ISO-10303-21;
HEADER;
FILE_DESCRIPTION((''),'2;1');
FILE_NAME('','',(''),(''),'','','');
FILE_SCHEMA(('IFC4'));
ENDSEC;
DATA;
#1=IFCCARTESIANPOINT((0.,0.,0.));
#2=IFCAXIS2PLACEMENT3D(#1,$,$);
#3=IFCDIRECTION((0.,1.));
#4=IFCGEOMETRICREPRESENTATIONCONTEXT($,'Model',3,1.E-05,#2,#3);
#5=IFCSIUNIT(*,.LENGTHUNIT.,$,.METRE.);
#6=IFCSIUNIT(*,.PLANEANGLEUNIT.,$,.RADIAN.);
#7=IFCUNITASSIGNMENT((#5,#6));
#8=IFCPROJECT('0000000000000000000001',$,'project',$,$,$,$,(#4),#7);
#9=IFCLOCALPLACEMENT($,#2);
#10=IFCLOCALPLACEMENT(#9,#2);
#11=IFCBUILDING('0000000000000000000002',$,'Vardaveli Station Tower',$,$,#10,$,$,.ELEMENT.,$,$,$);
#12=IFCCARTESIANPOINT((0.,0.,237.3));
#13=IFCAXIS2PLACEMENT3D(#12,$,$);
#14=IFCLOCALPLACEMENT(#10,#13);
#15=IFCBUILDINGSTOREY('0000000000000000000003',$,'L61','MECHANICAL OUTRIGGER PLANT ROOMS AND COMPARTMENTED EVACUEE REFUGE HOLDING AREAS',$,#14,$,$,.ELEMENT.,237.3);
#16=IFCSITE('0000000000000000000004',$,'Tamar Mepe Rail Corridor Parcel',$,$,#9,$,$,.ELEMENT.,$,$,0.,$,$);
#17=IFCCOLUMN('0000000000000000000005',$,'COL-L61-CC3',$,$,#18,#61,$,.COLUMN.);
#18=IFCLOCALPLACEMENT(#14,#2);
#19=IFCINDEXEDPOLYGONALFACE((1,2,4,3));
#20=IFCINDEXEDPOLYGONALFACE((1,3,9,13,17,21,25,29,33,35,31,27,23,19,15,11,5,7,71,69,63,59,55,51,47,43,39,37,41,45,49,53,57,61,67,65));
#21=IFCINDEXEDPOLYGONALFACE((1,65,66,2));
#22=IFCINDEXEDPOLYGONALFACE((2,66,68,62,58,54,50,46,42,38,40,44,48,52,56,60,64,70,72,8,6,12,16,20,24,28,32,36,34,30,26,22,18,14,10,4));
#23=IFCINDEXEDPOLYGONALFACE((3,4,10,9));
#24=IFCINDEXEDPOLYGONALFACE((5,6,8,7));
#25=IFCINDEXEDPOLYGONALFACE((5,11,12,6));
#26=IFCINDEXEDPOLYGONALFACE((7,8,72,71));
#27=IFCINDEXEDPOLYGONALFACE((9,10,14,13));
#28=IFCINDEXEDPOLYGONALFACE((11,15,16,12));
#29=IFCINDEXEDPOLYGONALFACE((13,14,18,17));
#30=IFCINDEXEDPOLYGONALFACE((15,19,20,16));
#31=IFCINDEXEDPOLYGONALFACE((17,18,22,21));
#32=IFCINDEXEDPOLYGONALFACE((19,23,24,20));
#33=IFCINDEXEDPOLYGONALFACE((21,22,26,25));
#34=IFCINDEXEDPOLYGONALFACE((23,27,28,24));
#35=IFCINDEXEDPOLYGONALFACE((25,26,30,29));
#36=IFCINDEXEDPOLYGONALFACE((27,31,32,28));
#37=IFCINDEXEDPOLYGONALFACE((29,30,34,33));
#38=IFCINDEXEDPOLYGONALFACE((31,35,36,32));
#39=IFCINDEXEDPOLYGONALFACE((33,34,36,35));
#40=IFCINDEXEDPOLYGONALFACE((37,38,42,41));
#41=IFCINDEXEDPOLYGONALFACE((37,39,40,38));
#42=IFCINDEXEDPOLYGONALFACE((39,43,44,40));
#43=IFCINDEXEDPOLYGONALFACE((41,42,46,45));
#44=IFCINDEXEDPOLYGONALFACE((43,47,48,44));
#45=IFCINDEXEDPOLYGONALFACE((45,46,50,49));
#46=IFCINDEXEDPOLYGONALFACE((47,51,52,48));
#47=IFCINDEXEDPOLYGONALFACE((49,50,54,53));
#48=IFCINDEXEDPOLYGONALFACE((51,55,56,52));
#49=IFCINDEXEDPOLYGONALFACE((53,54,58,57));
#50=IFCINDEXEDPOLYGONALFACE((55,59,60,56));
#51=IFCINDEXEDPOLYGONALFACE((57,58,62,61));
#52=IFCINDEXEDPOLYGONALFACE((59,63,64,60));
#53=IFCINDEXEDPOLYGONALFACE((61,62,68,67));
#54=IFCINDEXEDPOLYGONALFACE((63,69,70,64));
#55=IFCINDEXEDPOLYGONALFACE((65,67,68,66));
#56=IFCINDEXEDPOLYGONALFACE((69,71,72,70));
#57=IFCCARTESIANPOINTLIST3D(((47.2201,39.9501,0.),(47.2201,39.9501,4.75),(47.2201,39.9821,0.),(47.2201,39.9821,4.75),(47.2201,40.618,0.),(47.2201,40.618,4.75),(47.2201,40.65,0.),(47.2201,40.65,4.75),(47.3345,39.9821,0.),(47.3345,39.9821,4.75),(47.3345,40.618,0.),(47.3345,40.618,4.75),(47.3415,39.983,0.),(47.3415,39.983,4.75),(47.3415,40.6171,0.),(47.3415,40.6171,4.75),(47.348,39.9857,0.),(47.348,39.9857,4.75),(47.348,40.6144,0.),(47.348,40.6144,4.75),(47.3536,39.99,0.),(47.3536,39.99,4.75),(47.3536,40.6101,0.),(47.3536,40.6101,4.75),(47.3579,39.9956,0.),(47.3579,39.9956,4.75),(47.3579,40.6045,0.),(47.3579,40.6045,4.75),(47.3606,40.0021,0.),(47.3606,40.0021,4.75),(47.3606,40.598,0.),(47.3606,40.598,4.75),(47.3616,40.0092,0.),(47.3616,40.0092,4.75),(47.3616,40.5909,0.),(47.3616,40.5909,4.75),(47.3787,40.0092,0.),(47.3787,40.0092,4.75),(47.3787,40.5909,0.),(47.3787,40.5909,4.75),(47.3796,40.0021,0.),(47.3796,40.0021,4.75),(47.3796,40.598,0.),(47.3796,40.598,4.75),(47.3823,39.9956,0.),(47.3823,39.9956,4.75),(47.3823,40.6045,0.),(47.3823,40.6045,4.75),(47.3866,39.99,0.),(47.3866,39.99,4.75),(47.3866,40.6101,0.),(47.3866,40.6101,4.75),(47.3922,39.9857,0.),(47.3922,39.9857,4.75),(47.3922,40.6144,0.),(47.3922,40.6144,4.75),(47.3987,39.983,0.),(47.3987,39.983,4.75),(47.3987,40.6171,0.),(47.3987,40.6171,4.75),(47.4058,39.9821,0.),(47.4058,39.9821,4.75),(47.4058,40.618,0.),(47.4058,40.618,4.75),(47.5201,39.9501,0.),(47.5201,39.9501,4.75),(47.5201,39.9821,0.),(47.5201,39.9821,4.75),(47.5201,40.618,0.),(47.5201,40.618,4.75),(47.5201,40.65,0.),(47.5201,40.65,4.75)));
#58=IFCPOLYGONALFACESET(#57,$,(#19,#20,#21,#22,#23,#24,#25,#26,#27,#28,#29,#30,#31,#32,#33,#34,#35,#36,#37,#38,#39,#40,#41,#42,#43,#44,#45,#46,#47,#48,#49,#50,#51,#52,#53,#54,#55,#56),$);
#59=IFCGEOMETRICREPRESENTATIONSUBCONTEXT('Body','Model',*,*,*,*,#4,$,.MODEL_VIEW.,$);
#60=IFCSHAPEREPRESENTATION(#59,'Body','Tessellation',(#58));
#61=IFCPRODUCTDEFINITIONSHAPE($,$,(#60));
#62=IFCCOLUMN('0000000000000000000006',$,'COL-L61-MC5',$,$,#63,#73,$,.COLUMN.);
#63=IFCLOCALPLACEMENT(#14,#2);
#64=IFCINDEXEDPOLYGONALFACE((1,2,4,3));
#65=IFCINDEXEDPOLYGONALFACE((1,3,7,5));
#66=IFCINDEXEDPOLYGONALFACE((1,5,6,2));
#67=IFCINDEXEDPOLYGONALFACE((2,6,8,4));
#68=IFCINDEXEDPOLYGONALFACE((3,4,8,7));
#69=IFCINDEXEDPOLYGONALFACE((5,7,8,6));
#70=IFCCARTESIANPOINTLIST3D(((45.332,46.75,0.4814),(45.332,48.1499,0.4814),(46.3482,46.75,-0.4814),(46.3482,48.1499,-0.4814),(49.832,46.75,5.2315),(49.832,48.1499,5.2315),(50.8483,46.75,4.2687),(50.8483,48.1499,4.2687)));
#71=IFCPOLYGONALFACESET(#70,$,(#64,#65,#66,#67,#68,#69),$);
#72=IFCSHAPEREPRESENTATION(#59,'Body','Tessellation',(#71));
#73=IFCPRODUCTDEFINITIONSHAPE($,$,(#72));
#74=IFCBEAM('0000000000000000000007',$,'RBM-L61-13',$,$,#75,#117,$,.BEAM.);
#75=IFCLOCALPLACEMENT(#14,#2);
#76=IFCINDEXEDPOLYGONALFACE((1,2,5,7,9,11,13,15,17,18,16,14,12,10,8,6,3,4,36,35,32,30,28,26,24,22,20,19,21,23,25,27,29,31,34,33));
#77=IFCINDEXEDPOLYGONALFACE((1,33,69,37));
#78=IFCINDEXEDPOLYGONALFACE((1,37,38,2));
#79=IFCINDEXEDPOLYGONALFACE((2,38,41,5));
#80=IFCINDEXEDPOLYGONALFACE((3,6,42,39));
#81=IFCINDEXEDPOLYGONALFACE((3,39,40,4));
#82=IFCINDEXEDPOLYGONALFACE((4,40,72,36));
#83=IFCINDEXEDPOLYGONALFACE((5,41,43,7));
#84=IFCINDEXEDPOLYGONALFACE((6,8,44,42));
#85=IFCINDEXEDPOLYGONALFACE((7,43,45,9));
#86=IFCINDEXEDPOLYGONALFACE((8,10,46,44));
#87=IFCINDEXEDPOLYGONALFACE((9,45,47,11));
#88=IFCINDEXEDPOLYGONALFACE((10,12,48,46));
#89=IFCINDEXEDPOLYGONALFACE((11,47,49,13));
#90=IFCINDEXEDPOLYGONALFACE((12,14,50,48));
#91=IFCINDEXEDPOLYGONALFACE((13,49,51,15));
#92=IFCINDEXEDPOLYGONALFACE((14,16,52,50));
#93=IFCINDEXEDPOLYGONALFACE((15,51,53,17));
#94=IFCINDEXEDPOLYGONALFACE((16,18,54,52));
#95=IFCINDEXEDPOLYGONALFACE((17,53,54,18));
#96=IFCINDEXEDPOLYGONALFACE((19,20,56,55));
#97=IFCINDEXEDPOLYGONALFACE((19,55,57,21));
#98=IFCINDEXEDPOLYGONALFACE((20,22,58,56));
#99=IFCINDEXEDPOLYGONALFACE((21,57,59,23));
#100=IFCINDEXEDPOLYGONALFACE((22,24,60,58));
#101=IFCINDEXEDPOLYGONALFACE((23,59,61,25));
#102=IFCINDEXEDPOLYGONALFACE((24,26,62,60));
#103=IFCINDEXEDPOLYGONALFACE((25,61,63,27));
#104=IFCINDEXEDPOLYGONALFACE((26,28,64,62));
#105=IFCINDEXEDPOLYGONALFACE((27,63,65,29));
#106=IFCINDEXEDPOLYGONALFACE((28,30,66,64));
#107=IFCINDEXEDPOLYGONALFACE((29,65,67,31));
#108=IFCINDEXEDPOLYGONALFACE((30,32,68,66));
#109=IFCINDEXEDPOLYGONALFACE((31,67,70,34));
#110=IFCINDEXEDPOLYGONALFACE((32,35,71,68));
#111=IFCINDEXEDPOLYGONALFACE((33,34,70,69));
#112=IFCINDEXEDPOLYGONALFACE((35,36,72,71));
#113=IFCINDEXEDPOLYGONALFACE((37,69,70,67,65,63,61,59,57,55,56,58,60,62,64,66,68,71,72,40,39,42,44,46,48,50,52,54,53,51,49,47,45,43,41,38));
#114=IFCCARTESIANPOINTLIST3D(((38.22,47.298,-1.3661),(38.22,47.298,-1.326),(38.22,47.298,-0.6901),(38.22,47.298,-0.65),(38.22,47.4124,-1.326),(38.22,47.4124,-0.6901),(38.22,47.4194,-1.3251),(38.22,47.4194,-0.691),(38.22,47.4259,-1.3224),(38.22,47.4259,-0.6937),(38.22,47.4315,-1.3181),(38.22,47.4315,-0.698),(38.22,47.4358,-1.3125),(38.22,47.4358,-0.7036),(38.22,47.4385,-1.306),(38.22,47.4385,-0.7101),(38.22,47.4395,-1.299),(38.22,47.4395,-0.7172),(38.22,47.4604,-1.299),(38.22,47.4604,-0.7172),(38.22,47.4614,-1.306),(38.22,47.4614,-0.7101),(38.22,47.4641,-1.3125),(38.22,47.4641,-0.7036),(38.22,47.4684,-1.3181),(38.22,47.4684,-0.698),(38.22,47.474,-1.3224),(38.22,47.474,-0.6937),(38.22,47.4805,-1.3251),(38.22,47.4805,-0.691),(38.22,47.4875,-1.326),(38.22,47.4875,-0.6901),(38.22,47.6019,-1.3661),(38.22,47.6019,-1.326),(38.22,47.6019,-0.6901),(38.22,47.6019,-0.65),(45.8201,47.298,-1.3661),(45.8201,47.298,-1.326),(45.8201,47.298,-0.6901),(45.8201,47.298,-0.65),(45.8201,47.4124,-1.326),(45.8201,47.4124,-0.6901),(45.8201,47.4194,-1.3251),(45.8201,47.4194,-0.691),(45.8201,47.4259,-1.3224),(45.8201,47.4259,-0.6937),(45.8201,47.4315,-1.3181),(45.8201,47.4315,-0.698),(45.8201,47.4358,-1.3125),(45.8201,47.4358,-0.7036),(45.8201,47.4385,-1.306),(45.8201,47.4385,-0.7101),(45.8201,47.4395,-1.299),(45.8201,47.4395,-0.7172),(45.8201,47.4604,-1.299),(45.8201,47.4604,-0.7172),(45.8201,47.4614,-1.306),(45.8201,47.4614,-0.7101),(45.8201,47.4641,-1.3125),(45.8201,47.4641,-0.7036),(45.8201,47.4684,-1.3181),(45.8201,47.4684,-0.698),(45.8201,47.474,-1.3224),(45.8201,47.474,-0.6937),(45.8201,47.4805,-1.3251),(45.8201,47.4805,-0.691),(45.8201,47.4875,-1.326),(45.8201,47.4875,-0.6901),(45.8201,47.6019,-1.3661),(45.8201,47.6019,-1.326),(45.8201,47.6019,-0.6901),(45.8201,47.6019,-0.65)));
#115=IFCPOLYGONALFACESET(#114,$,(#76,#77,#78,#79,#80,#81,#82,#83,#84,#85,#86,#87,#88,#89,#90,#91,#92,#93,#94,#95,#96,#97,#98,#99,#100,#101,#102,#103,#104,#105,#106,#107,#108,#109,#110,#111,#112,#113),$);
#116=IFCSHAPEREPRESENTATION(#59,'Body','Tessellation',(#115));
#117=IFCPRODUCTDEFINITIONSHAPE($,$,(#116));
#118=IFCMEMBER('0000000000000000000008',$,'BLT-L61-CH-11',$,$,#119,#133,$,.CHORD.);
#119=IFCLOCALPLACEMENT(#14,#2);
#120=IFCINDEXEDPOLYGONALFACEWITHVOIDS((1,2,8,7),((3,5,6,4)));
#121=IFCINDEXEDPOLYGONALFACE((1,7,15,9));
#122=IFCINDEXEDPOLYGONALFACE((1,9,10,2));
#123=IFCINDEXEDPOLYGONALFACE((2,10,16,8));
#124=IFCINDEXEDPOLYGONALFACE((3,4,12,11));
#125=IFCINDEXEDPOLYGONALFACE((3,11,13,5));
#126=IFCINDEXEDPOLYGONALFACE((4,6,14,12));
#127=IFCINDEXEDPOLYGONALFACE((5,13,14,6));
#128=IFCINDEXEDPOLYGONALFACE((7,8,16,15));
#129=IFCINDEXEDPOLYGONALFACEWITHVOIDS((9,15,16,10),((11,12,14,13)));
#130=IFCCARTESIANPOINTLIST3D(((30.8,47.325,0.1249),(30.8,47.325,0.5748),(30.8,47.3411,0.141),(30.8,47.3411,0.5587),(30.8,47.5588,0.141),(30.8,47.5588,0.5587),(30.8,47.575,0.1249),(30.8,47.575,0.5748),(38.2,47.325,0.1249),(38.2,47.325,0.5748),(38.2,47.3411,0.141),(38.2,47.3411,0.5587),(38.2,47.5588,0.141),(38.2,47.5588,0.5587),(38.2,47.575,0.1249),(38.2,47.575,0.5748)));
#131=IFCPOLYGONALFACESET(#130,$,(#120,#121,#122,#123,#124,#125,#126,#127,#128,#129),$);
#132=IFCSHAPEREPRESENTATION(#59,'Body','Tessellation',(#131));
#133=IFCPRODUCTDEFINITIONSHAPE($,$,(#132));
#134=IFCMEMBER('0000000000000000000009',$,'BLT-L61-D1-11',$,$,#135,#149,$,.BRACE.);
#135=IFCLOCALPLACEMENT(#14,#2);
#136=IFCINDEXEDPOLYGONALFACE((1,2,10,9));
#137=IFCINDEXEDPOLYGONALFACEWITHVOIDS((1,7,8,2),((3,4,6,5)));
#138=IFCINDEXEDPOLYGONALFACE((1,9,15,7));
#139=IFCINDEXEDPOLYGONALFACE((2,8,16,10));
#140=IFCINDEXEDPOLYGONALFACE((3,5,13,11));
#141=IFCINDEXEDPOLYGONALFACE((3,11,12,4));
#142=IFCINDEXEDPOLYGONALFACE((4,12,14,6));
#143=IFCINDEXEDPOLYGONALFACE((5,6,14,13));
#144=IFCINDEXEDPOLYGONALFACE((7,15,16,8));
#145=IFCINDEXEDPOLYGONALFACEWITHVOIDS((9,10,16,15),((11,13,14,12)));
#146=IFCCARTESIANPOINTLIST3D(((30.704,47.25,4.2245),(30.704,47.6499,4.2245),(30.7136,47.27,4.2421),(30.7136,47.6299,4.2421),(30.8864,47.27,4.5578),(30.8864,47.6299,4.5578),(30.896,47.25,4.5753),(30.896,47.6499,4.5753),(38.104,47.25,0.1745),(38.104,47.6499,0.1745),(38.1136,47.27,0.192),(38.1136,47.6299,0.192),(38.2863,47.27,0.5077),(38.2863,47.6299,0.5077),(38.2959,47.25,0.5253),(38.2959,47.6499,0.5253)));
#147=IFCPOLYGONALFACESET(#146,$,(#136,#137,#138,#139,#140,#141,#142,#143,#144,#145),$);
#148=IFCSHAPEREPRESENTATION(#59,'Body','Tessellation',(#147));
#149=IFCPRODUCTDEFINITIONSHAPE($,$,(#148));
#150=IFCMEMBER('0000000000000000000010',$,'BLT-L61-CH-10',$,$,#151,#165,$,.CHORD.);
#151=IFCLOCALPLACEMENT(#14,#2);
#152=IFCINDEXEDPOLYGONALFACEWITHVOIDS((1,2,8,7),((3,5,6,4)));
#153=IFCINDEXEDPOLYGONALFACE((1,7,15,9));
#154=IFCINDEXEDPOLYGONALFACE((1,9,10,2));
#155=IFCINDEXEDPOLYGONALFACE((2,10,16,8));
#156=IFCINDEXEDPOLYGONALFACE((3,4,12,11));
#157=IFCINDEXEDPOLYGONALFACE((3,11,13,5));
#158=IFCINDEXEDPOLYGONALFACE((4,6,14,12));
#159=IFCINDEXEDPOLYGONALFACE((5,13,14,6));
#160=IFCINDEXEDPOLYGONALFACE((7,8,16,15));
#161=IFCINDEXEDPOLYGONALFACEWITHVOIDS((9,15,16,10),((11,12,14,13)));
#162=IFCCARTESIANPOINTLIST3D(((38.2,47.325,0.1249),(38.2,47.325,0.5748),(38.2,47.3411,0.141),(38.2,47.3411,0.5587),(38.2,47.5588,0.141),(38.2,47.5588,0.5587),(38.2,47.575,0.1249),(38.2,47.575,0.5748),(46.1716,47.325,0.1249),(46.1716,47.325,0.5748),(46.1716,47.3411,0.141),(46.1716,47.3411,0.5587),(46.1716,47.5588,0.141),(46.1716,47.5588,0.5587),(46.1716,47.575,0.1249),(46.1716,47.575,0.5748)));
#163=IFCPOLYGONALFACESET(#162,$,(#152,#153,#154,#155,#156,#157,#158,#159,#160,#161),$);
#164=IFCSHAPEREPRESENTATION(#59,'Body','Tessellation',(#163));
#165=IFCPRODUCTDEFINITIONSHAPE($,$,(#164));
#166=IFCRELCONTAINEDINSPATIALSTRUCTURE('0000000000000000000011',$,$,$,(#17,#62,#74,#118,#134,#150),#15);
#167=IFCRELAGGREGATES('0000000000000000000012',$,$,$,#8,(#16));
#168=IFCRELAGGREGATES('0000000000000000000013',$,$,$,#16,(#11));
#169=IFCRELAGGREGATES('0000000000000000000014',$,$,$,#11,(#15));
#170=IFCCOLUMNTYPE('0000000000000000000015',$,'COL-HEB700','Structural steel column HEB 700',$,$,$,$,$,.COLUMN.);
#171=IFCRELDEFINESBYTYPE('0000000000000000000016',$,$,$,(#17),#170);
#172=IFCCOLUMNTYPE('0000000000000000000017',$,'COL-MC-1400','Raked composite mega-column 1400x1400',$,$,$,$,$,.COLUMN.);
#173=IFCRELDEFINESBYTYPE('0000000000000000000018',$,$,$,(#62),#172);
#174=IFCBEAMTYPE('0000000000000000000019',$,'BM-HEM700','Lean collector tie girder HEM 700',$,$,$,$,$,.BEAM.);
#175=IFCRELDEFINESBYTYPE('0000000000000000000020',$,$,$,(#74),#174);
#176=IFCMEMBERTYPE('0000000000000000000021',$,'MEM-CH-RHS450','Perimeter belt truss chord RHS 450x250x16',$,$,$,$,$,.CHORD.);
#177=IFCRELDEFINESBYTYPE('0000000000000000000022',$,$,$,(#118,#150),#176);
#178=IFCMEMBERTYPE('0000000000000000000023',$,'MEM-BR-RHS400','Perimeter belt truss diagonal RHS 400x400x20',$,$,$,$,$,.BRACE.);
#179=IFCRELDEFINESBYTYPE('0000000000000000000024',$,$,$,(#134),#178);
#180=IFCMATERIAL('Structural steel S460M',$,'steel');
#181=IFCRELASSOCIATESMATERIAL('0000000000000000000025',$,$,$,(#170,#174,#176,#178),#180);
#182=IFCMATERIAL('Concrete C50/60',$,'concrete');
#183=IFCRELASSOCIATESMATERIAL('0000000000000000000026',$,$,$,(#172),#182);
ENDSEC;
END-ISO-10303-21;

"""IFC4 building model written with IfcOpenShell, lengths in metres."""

from ifc_helpers import new_model, si_unit, direction, frame, origin, origin_2d, place, context, subcontext, project, spatial, rectangle, hollow_rectangle, i_section, extrude, source, transform, mapped, material, material_profile, profile_set, type_object, element, save


model = new_model("IFC4")

# Units and contexts
model_context = context("Model", 3, precision=1e-05, world=origin(), true_north=direction((0.0, 1.0)))
body_context = subcontext(model_context, "Body", "Model", "MODEL_VIEW")
ifc_project = project(units=[si_unit("LENGTHUNIT", "METRE"), si_unit("PLANEANGLEUNIT", "RADIAN")], contexts=[model_context])

# Site, building, storey
site_placement = place(None, origin())
site = spatial("IfcSite", under=ifc_project, at=site_placement, Name="Tamar Mepe Rail Corridor Parcel", CompositionType="ELEMENT", RefElevation=0.0)
building_placement = place(site_placement, origin())
building = spatial("IfcBuilding", under=site, at=building_placement, Name="Vardaveli Station Tower", CompositionType="ELEMENT")
storey_placement = place(building_placement, frame((0.0, 0.0, 237.3)))
storey = spatial("IfcBuildingStorey", under=building, at=storey_placement, Name="L61", Description="MECHANICAL OUTRIGGER PLANT ROOMS AND COMPARTMENTED EVACUEE REFUGE HOLDING AREAS", CompositionType="ELEMENT", Elevation=237.3)

# Columns
ifc_material_1 = material(Name="Structural steel S460M", Category="steel")
ifc_material_profile_1 = material_profile(ifc_material_1, i_section(OverallWidth=0.3, OverallDepth=0.7, WebThickness=0.0171, FlangeThickness=0.032, FilletRadius=0.0271, at=origin_2d()), Name="HEB 700")
ifc_profile_set_1 = profile_set([ifc_material_profile_1], Name="Structural steel S460M")
column_type_1 = type_object("IfcColumnType", Name="COL-HEB700", Description="Structural steel column HEB 700", PredefinedType="COLUMN", material=ifc_profile_set_1)
shared_shape_1 = source(origin(), body_context, "Body", "SweptSolid", [
    extrude(i_section(OverallWidth=0.3, OverallDepth=0.7, WebThickness=0.0171, FlangeThickness=0.032, FilletRadius=0.0271, at=origin_2d()), origin(), (0.0, 0.0, 1.0), 4.75),
])
column_1_placement = place(storey_placement, frame((47.3701, 40.3, 0.0), z_axis=(0.0, 0.0, 1.0), x_axis=(1.0, 0.0, 0.0)))
element("IfcColumn", 1, at=column_1_placement, inside=storey, type_object=column_type_1, Name="COL-L61-CC3", PredefinedType="COLUMN", context=body_context, shape_type="MappedRepresentation", body=[
    mapped(shared_shape_1, transform((0.0, 0.0, 0.0), scale=1.0)),
])
ifc_material_2 = material(Name="Concrete C50/60", Category="concrete")
ifc_material_profile_2 = material_profile(ifc_material_2, rectangle(XDim=1.3999, YDim=1.3999, at=origin_2d()), Name="MC 1400x1400")
ifc_profile_set_2 = profile_set([ifc_material_profile_2], Name="Concrete C50/60")
column_type_2 = type_object("IfcColumnType", Name="COL-MC-1400", Description="Raked composite mega-column 1400x1400", PredefinedType="COLUMN", material=ifc_profile_set_2)
shared_shape_2 = source(origin(), body_context, "Body", "SweptSolid", [
    extrude(rectangle(XDim=1.3999, YDim=1.3999, at=origin_2d()), origin(), (0.0, 0.0, 1.0), 6.5432),
])
column_2_placement = place(storey_placement, frame((45.8401, 47.45, 0.0), z_axis=(0.687745, 0.0, 0.725953), x_axis=(0.0, 1.0, 0.0)))
element("IfcColumn", 2, at=column_2_placement, inside=storey, type_object=column_type_2, Name="COL-L61-MC5", PredefinedType="COLUMN", context=body_context, shape_type="MappedRepresentation", body=[
    mapped(shared_shape_2, transform((0.0, 0.0, 0.0), scale=1.0)),
])

# Beam
ifc_material_profile_3 = material_profile(ifc_material_1, i_section(OverallWidth=0.304, OverallDepth=0.7161, WebThickness=0.021, FlangeThickness=0.04, FilletRadius=0.0271, at=origin_2d()), Name="HEM 700")
ifc_profile_set_3 = profile_set([ifc_material_profile_3], Name="Structural steel S460M")
beam_type = type_object("IfcBeamType", Name="BM-HEM700", Description="Lean collector tie girder HEM 700", PredefinedType="BEAM", material=ifc_profile_set_3)
shared_shape_3 = source(origin(), body_context, "Body", "SweptSolid", [
    extrude(i_section(OverallWidth=0.304, OverallDepth=0.7161, WebThickness=0.021, FlangeThickness=0.04, FilletRadius=0.0271, at=origin_2d()), origin(), (0.0, 0.0, 1.0), 7.6001),
])
beam_placement = place(storey_placement, frame((45.8201, 47.45, -1.0081), z_axis=(-1.0, 0.0, 0.0), x_axis=(0.0, -1.0, 0.0)))
element("IfcBeam", 3, at=beam_placement, inside=storey, type_object=beam_type, Name="RBM-L61-13", PredefinedType="BEAM", context=body_context, shape_type="MappedRepresentation", body=[
    mapped(shared_shape_3, transform((0.0, 0.0, 0.0), scale=1.0)),
])

# Members
ifc_material_profile_4 = material_profile(ifc_material_1, hollow_rectangle(XDim=0.25, YDim=0.45, WallThickness=0.0161, at=origin_2d()), Name="RHS 450x250x16")
ifc_profile_set_4 = profile_set([ifc_material_profile_4], Name="Structural steel S460M")
member_type_1 = type_object("IfcMemberType", Name="MEM-CH-RHS450", Description="Perimeter belt truss chord RHS 450x250x16", PredefinedType="CHORD", material=ifc_profile_set_4)
shared_shape_4 = source(origin(), body_context, "Body", "SweptSolid", [
    extrude(hollow_rectangle(XDim=0.25, YDim=0.45, WallThickness=0.0161, at=origin_2d()), origin(), (0.0, 0.0, 1.0), 7.3999),
])
member_1_placement = place(storey_placement, frame((38.2, 47.45, 0.3499), z_axis=(-1.0, 0.0, 0.0), x_axis=(0.0, -1.0, 0.0)))
element("IfcMember", 4, at=member_1_placement, inside=storey, type_object=member_type_1, Name="BLT-L61-CH-11", PredefinedType="CHORD", context=body_context, shape_type="MappedRepresentation", body=[
    mapped(shared_shape_4, transform((0.0, 0.0, 0.0), scale=1.0)),
])
ifc_material_profile_5 = material_profile(ifc_material_1, hollow_rectangle(XDim=0.3999, YDim=0.3999, WallThickness=0.02, at=origin_2d()), Name="RHS 400x400x20")
ifc_profile_set_5 = profile_set([ifc_material_profile_5], Name="Structural steel S460M")
member_type_2 = type_object("IfcMemberType", Name="MEM-BR-RHS400", Description="Perimeter belt truss diagonal RHS 400x400x20", PredefinedType="BRACE", material=ifc_profile_set_5)
shared_shape_5 = source(origin(), body_context, "Body", "SweptSolid", [
    extrude(hollow_rectangle(XDim=0.3999, YDim=0.3999, WallThickness=0.02, at=origin_2d()), origin(), (0.0, 0.0, 1.0), 8.4358),
])
member_2_placement = place(storey_placement, frame((38.2, 47.45, 0.3499), z_axis=(-0.87721, 0.0, 0.480107), x_axis=(0.0, -1.0, 0.0)))
element("IfcMember", 5, at=member_2_placement, inside=storey, type_object=member_type_2, Name="BLT-L61-D1-11", PredefinedType="BRACE", context=body_context, shape_type="MappedRepresentation", body=[
    mapped(shared_shape_5, transform((0.0, 0.0, 0.0), scale=1.0)),
])
shared_shape_6 = source(origin(), body_context, "Body", "SweptSolid", [
    extrude(hollow_rectangle(XDim=0.25, YDim=0.45, WallThickness=0.0161, at=origin_2d()), origin(), (0.0, 0.0, 1.0), 7.9717),
])
member_3_placement = place(storey_placement, frame((46.1716, 47.45, 0.3499), z_axis=(-1.0, 0.0, 0.0), x_axis=(0.0, -1.0, 0.0)))
element("IfcMember", 6, at=member_3_placement, inside=storey, type_object=member_type_1, Name="BLT-L61-CH-10", PredefinedType="CHORD", context=body_context, shape_type="MappedRepresentation", body=[
    mapped(shared_shape_6, transform((0.0, 0.0, 0.0), scale=1.0)),
])

save(model, "model.ifc")
